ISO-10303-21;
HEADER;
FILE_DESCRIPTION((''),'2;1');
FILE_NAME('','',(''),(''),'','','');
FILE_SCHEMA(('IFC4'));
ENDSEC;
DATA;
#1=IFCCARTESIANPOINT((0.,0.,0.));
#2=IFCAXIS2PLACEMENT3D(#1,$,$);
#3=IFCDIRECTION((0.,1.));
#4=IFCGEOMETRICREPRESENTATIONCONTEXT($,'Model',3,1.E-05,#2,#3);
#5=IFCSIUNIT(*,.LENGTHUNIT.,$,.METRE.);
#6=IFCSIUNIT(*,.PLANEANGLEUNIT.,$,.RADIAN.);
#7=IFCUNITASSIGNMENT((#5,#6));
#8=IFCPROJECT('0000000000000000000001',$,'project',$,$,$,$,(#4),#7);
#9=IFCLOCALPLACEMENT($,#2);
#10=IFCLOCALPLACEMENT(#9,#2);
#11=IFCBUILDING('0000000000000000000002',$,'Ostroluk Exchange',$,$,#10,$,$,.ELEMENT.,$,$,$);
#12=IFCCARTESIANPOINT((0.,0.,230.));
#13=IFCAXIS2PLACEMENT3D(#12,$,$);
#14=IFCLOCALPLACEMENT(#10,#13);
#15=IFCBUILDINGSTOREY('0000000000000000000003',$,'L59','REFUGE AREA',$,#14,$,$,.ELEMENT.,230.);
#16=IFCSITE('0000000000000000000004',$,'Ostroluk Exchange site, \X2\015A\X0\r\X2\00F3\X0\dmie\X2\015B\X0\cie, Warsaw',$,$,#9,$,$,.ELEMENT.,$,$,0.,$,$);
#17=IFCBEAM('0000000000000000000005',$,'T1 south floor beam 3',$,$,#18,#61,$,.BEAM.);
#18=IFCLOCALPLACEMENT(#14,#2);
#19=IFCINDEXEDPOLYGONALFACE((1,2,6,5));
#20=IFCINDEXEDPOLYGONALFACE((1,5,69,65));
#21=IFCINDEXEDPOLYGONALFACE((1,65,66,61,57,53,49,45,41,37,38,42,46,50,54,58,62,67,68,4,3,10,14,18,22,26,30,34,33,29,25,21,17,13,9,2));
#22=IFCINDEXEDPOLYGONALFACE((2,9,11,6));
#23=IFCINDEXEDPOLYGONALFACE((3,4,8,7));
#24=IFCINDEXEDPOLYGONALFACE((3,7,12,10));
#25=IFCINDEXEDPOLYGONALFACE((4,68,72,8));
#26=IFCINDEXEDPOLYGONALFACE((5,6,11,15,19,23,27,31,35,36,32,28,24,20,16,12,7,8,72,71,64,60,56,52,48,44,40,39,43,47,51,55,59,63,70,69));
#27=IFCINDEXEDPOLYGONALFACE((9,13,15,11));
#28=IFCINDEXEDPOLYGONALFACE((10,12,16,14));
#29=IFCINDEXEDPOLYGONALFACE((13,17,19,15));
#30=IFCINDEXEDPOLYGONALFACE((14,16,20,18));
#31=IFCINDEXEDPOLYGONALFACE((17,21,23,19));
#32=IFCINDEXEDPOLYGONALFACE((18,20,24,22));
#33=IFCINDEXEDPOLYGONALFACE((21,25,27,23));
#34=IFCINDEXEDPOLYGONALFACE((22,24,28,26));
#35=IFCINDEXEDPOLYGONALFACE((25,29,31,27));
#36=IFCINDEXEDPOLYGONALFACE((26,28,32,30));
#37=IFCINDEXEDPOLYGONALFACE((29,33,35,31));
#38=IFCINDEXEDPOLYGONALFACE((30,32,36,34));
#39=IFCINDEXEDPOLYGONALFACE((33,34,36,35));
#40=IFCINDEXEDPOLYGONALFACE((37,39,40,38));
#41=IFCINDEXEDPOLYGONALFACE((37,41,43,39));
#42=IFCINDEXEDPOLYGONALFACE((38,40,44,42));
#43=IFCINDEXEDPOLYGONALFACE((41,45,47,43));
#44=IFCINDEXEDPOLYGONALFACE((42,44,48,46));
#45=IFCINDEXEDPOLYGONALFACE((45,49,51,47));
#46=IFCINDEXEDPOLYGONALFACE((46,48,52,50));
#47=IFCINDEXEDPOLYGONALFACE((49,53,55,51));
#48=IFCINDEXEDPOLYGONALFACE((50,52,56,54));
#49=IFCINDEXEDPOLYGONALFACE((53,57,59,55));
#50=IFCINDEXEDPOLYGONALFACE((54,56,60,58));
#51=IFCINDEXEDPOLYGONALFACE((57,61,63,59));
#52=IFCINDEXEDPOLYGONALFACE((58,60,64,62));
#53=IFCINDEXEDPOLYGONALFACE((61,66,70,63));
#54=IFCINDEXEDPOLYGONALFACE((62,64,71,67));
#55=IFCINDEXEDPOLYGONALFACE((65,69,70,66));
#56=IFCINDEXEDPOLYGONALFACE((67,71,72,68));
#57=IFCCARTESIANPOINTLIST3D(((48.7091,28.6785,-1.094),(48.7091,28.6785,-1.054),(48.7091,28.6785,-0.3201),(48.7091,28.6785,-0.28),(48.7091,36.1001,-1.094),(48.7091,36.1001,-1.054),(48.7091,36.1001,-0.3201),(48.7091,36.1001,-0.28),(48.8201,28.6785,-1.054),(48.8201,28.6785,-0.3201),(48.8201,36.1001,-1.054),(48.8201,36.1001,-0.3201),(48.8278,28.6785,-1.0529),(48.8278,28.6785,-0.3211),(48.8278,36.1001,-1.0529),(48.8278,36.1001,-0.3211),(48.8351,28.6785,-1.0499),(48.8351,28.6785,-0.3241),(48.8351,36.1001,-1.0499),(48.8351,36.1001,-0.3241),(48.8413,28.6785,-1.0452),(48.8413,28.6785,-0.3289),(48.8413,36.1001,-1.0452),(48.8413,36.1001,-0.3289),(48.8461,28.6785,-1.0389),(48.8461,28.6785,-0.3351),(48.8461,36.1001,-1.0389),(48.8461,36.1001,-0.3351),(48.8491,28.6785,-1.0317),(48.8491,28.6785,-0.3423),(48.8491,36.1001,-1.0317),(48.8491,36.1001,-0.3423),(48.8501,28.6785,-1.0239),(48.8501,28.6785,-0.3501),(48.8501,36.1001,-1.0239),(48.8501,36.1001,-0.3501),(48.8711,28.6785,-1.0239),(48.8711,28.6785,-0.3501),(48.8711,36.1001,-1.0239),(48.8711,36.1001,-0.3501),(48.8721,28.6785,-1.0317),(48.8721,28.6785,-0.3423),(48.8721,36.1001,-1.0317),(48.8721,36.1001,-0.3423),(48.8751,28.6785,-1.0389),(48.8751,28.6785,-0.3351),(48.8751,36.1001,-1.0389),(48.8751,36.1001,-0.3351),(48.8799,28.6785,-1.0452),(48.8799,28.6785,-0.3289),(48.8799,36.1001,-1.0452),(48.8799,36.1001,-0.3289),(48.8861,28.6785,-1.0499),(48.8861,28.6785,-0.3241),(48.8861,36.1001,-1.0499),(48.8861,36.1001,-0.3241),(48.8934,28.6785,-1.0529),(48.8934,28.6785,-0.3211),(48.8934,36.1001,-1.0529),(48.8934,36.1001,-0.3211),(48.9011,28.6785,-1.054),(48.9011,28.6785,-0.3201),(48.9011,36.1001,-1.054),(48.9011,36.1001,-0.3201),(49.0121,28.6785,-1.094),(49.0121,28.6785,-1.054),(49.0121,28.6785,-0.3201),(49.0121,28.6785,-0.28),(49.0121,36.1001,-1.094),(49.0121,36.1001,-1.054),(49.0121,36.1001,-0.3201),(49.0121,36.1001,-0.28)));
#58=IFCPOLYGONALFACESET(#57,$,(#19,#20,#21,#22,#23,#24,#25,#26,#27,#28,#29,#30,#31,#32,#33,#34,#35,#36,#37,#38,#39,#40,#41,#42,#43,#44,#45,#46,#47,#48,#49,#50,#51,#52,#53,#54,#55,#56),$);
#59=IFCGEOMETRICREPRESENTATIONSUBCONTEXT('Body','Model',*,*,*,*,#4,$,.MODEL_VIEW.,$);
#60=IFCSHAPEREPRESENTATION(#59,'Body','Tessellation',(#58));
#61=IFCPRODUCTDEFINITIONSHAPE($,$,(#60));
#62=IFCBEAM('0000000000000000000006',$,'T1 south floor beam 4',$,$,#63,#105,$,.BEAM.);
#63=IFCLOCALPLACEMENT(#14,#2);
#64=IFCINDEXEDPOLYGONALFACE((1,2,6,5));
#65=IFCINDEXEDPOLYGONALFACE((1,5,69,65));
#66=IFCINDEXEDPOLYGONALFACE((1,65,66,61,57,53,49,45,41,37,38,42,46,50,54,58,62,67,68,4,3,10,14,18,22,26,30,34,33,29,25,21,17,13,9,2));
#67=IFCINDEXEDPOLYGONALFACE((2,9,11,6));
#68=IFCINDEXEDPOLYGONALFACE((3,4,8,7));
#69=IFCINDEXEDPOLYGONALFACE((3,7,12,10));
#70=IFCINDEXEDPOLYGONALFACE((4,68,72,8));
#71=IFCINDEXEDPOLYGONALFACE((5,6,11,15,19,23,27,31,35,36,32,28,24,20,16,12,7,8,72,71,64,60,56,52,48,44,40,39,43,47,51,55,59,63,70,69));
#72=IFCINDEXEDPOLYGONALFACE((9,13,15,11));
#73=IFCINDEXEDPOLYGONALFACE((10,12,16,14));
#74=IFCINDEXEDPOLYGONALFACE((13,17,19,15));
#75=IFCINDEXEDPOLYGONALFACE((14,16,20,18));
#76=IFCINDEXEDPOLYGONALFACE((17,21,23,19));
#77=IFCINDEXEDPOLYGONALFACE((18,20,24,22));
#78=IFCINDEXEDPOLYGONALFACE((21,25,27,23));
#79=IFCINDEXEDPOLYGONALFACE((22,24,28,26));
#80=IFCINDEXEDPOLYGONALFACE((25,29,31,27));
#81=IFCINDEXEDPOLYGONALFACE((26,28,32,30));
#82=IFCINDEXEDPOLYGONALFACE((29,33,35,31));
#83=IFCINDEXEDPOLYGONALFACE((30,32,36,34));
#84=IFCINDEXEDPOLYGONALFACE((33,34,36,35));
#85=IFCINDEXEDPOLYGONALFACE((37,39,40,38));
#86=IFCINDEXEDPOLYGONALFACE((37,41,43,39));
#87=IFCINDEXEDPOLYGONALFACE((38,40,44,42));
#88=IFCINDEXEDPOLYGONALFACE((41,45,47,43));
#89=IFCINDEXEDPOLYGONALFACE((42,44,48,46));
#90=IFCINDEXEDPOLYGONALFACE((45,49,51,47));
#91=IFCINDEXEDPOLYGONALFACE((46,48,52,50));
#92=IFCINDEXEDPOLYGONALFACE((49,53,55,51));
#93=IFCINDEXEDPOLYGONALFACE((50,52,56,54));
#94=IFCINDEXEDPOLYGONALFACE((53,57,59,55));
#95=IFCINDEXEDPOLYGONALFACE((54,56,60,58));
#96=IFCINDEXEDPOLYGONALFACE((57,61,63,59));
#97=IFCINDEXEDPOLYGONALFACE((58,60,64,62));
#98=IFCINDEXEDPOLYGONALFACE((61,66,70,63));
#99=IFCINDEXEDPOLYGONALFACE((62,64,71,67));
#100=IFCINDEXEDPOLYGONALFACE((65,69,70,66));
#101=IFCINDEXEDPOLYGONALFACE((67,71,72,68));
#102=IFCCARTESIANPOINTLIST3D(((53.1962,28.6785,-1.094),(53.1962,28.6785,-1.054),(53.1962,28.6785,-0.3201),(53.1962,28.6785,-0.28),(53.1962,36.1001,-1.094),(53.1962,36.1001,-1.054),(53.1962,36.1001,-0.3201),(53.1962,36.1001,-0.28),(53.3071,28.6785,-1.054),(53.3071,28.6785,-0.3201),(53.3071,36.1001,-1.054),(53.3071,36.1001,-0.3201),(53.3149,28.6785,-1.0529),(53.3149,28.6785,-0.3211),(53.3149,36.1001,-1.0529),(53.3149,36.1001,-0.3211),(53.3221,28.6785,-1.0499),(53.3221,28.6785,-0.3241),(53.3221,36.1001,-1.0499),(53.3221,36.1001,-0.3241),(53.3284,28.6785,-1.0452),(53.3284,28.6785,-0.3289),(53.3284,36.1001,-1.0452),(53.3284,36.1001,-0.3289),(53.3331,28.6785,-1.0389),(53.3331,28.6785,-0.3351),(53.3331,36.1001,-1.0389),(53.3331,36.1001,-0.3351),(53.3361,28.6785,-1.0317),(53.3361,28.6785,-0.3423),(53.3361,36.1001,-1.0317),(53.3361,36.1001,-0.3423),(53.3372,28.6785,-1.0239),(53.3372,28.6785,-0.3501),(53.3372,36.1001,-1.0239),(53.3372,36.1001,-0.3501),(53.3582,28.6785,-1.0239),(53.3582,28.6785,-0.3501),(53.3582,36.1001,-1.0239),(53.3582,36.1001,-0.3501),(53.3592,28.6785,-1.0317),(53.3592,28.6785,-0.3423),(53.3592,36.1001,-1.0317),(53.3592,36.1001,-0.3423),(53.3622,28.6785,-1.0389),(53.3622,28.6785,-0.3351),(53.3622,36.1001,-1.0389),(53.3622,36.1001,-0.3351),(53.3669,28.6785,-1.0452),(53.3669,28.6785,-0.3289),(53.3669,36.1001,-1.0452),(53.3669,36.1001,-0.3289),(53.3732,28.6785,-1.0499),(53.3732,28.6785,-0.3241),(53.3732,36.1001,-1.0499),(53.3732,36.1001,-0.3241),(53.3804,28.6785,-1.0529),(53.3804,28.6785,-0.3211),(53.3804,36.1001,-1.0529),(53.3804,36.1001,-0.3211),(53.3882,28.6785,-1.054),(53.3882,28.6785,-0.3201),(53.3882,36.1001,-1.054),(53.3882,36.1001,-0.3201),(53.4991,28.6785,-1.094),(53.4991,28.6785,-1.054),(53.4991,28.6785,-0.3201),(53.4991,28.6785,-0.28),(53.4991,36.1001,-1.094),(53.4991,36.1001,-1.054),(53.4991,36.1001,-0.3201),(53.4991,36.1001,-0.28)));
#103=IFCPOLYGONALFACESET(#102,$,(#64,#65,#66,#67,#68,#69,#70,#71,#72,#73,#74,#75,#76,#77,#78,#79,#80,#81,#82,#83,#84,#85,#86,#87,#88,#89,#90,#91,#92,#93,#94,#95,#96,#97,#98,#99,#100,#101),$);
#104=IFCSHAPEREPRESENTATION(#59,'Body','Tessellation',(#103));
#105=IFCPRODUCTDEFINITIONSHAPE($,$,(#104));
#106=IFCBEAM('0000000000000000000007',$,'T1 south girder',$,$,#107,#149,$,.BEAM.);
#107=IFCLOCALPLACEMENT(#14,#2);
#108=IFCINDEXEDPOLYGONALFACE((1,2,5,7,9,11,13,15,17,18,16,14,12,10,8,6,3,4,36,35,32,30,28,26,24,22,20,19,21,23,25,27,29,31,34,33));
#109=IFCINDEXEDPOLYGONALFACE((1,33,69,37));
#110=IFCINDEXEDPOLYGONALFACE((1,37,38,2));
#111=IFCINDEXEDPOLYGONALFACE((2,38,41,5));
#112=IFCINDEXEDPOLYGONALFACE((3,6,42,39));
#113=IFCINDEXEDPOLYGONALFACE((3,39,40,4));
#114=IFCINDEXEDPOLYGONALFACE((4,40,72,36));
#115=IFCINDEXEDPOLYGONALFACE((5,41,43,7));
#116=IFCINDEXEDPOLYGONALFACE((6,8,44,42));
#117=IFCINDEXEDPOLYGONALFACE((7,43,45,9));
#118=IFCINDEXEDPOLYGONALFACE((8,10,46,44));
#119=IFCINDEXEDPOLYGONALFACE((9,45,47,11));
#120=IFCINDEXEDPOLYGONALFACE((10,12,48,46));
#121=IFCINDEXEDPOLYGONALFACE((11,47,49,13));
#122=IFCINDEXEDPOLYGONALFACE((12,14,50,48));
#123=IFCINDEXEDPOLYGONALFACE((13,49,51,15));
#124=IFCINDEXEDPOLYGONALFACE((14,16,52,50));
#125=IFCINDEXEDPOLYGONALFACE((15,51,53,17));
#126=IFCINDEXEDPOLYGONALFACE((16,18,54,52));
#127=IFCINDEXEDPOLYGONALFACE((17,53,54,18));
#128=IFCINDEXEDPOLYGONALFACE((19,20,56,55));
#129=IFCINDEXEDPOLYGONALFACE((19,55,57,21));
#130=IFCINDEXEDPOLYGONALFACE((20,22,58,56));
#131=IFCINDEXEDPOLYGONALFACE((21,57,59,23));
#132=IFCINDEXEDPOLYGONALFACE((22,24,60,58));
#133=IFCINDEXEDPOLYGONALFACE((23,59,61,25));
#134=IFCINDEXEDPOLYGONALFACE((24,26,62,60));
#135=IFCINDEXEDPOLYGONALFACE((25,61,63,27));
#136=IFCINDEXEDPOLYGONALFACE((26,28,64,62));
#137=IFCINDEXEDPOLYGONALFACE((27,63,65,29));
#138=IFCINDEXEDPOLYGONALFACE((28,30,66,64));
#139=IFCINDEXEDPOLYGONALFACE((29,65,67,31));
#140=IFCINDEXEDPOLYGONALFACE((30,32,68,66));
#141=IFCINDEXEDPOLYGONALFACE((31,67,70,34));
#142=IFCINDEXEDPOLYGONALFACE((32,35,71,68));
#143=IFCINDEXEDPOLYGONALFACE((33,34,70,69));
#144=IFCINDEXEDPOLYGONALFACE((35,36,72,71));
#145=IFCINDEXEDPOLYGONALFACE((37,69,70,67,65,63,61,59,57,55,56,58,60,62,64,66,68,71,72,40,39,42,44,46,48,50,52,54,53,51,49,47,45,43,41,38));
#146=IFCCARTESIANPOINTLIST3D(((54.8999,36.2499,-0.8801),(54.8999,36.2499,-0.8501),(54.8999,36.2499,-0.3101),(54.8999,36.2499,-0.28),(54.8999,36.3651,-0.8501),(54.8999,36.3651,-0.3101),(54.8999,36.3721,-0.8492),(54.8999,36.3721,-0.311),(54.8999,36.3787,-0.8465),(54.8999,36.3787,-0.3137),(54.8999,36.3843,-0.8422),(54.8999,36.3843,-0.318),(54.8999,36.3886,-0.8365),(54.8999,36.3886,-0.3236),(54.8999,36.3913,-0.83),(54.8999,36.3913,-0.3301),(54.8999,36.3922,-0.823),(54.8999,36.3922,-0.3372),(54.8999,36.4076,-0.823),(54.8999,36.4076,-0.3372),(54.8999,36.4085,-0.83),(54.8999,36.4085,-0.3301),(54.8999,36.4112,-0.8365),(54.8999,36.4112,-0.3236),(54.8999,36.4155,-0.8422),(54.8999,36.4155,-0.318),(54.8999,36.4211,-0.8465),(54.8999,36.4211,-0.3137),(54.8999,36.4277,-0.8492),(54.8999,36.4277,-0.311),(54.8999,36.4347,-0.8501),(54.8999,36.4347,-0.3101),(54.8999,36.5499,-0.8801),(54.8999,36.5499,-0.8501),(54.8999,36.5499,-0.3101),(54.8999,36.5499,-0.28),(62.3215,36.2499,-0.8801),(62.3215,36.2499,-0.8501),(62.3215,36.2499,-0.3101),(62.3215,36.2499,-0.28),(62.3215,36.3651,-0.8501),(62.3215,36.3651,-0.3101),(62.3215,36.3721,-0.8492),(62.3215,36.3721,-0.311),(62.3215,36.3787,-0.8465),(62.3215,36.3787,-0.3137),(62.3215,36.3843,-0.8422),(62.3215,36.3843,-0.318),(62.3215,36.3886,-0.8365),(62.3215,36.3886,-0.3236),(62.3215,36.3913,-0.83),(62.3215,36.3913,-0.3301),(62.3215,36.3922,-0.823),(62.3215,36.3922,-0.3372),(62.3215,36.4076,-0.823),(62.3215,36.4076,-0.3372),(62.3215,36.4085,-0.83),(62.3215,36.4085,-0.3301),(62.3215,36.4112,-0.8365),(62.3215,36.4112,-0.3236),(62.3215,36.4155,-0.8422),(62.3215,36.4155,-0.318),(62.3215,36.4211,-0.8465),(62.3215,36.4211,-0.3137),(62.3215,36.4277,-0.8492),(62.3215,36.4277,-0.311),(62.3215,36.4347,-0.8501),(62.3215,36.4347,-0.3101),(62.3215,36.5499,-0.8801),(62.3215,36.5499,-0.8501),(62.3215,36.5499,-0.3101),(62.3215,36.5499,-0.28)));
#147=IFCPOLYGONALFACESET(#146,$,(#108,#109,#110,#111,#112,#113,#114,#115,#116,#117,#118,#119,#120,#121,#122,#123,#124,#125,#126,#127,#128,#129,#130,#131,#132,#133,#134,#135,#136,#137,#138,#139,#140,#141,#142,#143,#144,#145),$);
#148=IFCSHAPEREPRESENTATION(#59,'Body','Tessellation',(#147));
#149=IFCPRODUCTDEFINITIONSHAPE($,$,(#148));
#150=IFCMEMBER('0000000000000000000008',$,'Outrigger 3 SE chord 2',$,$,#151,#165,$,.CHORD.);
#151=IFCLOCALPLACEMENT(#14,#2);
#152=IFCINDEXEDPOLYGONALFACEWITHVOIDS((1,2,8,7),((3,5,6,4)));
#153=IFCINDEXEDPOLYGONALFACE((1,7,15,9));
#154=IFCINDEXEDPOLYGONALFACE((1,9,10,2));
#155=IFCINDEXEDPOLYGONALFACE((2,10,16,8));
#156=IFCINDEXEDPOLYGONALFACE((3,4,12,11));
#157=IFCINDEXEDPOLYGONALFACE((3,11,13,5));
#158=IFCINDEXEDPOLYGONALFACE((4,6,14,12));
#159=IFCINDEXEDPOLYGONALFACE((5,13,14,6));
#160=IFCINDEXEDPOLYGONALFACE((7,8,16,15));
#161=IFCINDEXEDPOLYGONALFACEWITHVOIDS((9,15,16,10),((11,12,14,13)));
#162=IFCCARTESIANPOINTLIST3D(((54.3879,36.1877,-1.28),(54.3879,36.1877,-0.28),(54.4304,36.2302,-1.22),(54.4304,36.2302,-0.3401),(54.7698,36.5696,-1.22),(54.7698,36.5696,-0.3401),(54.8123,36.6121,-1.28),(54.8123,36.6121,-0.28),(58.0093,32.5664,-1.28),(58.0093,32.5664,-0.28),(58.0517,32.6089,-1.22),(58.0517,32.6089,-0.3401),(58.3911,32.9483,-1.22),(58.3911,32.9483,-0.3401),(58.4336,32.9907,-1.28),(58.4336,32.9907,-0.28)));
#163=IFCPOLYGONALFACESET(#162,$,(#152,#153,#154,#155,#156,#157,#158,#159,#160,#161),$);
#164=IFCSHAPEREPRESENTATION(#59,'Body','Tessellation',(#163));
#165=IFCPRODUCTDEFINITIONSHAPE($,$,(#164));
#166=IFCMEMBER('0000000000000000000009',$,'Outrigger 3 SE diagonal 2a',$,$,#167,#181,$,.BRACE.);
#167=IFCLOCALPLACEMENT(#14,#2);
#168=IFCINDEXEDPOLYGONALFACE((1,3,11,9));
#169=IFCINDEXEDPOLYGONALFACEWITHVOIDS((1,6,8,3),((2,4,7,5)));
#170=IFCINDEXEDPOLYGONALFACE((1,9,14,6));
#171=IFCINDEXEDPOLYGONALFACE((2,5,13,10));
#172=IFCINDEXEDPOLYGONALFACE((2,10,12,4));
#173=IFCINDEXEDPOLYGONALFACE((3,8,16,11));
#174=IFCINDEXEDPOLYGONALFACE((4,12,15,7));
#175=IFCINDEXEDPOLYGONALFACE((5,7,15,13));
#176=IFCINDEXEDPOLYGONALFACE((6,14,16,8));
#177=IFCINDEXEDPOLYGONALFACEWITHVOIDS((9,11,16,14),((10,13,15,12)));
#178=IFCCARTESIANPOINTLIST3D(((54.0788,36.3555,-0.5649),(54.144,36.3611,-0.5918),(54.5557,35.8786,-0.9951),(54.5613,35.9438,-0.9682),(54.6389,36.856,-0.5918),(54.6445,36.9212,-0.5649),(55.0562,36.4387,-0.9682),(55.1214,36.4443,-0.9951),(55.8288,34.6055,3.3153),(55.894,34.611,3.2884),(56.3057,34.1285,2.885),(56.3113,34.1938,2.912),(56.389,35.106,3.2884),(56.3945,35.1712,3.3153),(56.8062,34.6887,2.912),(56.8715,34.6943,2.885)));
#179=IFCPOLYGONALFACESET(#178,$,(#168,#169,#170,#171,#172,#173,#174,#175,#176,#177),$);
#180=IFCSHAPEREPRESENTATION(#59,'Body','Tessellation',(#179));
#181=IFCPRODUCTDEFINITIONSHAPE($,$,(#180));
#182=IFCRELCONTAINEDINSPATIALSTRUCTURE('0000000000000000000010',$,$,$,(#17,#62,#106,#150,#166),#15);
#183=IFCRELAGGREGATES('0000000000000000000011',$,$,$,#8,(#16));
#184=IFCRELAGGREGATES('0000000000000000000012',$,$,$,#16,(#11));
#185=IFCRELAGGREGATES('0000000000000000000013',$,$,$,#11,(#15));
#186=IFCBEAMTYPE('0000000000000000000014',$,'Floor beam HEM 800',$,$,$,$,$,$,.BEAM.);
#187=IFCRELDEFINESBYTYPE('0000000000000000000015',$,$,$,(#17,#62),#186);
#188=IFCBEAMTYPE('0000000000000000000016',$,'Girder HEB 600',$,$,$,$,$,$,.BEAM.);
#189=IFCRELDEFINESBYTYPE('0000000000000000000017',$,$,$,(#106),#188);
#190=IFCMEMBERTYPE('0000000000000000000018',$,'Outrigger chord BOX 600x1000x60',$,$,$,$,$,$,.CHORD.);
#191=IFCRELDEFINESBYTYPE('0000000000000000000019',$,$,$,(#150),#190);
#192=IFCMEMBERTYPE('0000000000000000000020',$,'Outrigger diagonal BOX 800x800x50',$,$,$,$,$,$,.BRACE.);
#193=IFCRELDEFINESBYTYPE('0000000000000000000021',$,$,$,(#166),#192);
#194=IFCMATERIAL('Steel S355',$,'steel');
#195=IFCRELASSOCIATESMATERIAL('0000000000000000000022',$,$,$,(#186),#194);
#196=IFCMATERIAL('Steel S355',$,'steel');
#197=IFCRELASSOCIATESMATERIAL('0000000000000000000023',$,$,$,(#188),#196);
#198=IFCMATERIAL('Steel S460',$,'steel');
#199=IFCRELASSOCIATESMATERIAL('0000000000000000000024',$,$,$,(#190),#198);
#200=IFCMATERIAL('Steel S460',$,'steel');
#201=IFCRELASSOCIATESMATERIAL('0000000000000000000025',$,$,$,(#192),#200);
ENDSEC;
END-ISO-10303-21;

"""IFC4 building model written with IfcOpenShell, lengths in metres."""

from ifc_helpers import new_model, si_unit, direction, frame, origin, origin_2d, place, context, subcontext, project, spatial, hollow_rectangle, i_section, extrude, material, material_profile, profile_set, type_object, element, save


model = new_model("IFC4")

# Units and contexts
model_context = context("Model", 3, precision=1e-05, world=origin(), true_north=direction((0.0, 1.0)))
body_context = subcontext(model_context, "Body", "Model", "MODEL_VIEW")
ifc_project = project(units=[si_unit("LENGTHUNIT", "METRE"), si_unit("PLANEANGLEUNIT", "RADIAN")], contexts=[model_context])

# Site, building, storey
site_placement = place(None, origin())
site = spatial("IfcSite", under=ifc_project, at=site_placement, Name="Ostroluk Exchange site, Śródmieście, Warsaw", CompositionType="ELEMENT", RefElevation=0.0)
building_placement = place(site_placement, origin())
building = spatial("IfcBuilding", under=site, at=building_placement, Name="Ostroluk Exchange", CompositionType="ELEMENT")
storey_placement = place(building_placement, frame((0.0, 0.0, 230.0)))
storey = spatial("IfcBuildingStorey", under=building, at=storey_placement, Name="L59", Description="REFUGE AREA", CompositionType="ELEMENT", Elevation=230.0)

# Beams
ifc_material_1 = material(Name="Steel S355", Category="steel")
ifc_material_profile_1 = material_profile(ifc_material_1, i_section(OverallWidth=0.303, OverallDepth=0.814, WebThickness=0.021, FlangeThickness=0.04, FilletRadius=0.03, at=origin_2d()), Name="HEM 800")
ifc_profile_set_1 = profile_set([ifc_material_profile_1], Name="Steel S355")
beam_type_1 = type_object("IfcBeamType", Name="Floor beam HEM 800", PredefinedType="BEAM", material=ifc_profile_set_1)
for number, where, z_axis, x_axis, name in (
    (1, (48.8606, 36.1001, -0.687), (0.0, -1.0, 0.0), (1.0, 0.0, 0.0), "T1 south floor beam 3"),
    (2, (53.3477, 36.1001, -0.687), (0.0, -1.0, 0.0), (1.0, 0.0, 0.0), "T1 south floor beam 4"),
):
    element("IfcBeam", number, at=place(storey_placement, frame(where, z_axis=z_axis, x_axis=x_axis)), inside=storey, type_object=beam_type_1, Name=name, PredefinedType="BEAM", context=body_context, shape_type="SweptSolid", body=[
        extrude(i_section(OverallWidth=0.303, OverallDepth=0.814, WebThickness=0.021, FlangeThickness=0.04, FilletRadius=0.03, at=origin_2d()), origin(), (0.0, 0.0, 1.0), 7.4216),
    ])
ifc_material_2 = material(Name="Steel S355", Category="steel")
ifc_material_profile_2 = material_profile(ifc_material_2, i_section(OverallWidth=0.3, OverallDepth=0.6001, WebThickness=0.0154, FlangeThickness=0.03, FilletRadius=0.0271, at=origin_2d()), Name="HEB 600")
ifc_profile_set_2 = profile_set([ifc_material_profile_2], Name="Steel S355")
beam_type_2 = type_object("IfcBeamType", Name="Girder HEB 600", PredefinedType="BEAM", material=ifc_profile_set_2)
beam_placement = place(storey_placement, frame((54.8999, 36.3999, -0.5801), z_axis=(1.0, 0.0, 0.0), x_axis=(0.0, 1.0, 0.0)))
element("IfcBeam", 3, at=beam_placement, inside=storey, type_object=beam_type_2, Name="T1 south girder", PredefinedType="BEAM", context=body_context, shape_type="SweptSolid", body=[
    extrude(i_section(OverallWidth=0.3, OverallDepth=0.6001, WebThickness=0.0154, FlangeThickness=0.03, FilletRadius=0.0271, at=origin_2d()), origin(), (0.0, 0.0, 1.0), 7.4216),
])

# Members
ifc_material_3 = material(Name="Steel S460", Category="steel")
ifc_material_profile_3 = material_profile(ifc_material_3, hollow_rectangle(XDim=0.6001, YDim=1.0, WallThickness=0.0601, at=origin_2d()), Name="BOX 600x1000x60")
ifc_profile_set_3 = profile_set([ifc_material_profile_3], Name="Steel S460")
member_type_1 = type_object("IfcMemberType", Name="Outrigger chord BOX 600x1000x60", PredefinedType="CHORD", material=ifc_profile_set_3)
member_1_placement = place(storey_placement, frame((54.6001, 36.3999, -0.78), z_axis=(0.707107, -0.707107, 0.0), x_axis=(0.707107, 0.707107, 0.0)))
element("IfcMember", 4, at=member_1_placement, inside=storey, type_object=member_type_1, Name="Outrigger 3 SE chord 2", PredefinedType="CHORD", context=body_context, shape_type="SweptSolid", body=[
    extrude(hollow_rectangle(XDim=0.6001, YDim=1.0, WallThickness=0.0601, at=origin_2d()), origin(), (0.0, 0.0, 1.0), 5.1213),
])
ifc_material_4 = material(Name="Steel S460", Category="steel")
ifc_material_profile_4 = material_profile(ifc_material_4, hollow_rectangle(XDim=0.8, YDim=0.8, WallThickness=0.05, at=origin_2d()), Name="BOX 800x800x50")
ifc_profile_set_4 = profile_set([ifc_material_profile_4], Name="Steel S460")
member_type_2 = type_object("IfcMemberType", Name="Outrigger diagonal BOX 800x800x50", PredefinedType="BRACE", material=ifc_profile_set_4)
member_2_placement = place(storey_placement, frame((54.6001, 36.3999, -0.78), z_axis=(0.380252, -0.380252, 0.8431), x_axis=(0.707107, 0.707107, 0.0)))
element("IfcMember", 5, at=member_2_placement, inside=storey, type_object=member_type_2, Name="Outrigger 3 SE diagonal 2a", PredefinedType="BRACE", context=body_context, shape_type="SweptSolid", body=[
    extrude(hollow_rectangle(XDim=0.8, YDim=0.8, WallThickness=0.05, at=origin_2d()), origin(), (0.0, 0.0, 1.0), 4.6023),
])

save(model, "model.ifc")
